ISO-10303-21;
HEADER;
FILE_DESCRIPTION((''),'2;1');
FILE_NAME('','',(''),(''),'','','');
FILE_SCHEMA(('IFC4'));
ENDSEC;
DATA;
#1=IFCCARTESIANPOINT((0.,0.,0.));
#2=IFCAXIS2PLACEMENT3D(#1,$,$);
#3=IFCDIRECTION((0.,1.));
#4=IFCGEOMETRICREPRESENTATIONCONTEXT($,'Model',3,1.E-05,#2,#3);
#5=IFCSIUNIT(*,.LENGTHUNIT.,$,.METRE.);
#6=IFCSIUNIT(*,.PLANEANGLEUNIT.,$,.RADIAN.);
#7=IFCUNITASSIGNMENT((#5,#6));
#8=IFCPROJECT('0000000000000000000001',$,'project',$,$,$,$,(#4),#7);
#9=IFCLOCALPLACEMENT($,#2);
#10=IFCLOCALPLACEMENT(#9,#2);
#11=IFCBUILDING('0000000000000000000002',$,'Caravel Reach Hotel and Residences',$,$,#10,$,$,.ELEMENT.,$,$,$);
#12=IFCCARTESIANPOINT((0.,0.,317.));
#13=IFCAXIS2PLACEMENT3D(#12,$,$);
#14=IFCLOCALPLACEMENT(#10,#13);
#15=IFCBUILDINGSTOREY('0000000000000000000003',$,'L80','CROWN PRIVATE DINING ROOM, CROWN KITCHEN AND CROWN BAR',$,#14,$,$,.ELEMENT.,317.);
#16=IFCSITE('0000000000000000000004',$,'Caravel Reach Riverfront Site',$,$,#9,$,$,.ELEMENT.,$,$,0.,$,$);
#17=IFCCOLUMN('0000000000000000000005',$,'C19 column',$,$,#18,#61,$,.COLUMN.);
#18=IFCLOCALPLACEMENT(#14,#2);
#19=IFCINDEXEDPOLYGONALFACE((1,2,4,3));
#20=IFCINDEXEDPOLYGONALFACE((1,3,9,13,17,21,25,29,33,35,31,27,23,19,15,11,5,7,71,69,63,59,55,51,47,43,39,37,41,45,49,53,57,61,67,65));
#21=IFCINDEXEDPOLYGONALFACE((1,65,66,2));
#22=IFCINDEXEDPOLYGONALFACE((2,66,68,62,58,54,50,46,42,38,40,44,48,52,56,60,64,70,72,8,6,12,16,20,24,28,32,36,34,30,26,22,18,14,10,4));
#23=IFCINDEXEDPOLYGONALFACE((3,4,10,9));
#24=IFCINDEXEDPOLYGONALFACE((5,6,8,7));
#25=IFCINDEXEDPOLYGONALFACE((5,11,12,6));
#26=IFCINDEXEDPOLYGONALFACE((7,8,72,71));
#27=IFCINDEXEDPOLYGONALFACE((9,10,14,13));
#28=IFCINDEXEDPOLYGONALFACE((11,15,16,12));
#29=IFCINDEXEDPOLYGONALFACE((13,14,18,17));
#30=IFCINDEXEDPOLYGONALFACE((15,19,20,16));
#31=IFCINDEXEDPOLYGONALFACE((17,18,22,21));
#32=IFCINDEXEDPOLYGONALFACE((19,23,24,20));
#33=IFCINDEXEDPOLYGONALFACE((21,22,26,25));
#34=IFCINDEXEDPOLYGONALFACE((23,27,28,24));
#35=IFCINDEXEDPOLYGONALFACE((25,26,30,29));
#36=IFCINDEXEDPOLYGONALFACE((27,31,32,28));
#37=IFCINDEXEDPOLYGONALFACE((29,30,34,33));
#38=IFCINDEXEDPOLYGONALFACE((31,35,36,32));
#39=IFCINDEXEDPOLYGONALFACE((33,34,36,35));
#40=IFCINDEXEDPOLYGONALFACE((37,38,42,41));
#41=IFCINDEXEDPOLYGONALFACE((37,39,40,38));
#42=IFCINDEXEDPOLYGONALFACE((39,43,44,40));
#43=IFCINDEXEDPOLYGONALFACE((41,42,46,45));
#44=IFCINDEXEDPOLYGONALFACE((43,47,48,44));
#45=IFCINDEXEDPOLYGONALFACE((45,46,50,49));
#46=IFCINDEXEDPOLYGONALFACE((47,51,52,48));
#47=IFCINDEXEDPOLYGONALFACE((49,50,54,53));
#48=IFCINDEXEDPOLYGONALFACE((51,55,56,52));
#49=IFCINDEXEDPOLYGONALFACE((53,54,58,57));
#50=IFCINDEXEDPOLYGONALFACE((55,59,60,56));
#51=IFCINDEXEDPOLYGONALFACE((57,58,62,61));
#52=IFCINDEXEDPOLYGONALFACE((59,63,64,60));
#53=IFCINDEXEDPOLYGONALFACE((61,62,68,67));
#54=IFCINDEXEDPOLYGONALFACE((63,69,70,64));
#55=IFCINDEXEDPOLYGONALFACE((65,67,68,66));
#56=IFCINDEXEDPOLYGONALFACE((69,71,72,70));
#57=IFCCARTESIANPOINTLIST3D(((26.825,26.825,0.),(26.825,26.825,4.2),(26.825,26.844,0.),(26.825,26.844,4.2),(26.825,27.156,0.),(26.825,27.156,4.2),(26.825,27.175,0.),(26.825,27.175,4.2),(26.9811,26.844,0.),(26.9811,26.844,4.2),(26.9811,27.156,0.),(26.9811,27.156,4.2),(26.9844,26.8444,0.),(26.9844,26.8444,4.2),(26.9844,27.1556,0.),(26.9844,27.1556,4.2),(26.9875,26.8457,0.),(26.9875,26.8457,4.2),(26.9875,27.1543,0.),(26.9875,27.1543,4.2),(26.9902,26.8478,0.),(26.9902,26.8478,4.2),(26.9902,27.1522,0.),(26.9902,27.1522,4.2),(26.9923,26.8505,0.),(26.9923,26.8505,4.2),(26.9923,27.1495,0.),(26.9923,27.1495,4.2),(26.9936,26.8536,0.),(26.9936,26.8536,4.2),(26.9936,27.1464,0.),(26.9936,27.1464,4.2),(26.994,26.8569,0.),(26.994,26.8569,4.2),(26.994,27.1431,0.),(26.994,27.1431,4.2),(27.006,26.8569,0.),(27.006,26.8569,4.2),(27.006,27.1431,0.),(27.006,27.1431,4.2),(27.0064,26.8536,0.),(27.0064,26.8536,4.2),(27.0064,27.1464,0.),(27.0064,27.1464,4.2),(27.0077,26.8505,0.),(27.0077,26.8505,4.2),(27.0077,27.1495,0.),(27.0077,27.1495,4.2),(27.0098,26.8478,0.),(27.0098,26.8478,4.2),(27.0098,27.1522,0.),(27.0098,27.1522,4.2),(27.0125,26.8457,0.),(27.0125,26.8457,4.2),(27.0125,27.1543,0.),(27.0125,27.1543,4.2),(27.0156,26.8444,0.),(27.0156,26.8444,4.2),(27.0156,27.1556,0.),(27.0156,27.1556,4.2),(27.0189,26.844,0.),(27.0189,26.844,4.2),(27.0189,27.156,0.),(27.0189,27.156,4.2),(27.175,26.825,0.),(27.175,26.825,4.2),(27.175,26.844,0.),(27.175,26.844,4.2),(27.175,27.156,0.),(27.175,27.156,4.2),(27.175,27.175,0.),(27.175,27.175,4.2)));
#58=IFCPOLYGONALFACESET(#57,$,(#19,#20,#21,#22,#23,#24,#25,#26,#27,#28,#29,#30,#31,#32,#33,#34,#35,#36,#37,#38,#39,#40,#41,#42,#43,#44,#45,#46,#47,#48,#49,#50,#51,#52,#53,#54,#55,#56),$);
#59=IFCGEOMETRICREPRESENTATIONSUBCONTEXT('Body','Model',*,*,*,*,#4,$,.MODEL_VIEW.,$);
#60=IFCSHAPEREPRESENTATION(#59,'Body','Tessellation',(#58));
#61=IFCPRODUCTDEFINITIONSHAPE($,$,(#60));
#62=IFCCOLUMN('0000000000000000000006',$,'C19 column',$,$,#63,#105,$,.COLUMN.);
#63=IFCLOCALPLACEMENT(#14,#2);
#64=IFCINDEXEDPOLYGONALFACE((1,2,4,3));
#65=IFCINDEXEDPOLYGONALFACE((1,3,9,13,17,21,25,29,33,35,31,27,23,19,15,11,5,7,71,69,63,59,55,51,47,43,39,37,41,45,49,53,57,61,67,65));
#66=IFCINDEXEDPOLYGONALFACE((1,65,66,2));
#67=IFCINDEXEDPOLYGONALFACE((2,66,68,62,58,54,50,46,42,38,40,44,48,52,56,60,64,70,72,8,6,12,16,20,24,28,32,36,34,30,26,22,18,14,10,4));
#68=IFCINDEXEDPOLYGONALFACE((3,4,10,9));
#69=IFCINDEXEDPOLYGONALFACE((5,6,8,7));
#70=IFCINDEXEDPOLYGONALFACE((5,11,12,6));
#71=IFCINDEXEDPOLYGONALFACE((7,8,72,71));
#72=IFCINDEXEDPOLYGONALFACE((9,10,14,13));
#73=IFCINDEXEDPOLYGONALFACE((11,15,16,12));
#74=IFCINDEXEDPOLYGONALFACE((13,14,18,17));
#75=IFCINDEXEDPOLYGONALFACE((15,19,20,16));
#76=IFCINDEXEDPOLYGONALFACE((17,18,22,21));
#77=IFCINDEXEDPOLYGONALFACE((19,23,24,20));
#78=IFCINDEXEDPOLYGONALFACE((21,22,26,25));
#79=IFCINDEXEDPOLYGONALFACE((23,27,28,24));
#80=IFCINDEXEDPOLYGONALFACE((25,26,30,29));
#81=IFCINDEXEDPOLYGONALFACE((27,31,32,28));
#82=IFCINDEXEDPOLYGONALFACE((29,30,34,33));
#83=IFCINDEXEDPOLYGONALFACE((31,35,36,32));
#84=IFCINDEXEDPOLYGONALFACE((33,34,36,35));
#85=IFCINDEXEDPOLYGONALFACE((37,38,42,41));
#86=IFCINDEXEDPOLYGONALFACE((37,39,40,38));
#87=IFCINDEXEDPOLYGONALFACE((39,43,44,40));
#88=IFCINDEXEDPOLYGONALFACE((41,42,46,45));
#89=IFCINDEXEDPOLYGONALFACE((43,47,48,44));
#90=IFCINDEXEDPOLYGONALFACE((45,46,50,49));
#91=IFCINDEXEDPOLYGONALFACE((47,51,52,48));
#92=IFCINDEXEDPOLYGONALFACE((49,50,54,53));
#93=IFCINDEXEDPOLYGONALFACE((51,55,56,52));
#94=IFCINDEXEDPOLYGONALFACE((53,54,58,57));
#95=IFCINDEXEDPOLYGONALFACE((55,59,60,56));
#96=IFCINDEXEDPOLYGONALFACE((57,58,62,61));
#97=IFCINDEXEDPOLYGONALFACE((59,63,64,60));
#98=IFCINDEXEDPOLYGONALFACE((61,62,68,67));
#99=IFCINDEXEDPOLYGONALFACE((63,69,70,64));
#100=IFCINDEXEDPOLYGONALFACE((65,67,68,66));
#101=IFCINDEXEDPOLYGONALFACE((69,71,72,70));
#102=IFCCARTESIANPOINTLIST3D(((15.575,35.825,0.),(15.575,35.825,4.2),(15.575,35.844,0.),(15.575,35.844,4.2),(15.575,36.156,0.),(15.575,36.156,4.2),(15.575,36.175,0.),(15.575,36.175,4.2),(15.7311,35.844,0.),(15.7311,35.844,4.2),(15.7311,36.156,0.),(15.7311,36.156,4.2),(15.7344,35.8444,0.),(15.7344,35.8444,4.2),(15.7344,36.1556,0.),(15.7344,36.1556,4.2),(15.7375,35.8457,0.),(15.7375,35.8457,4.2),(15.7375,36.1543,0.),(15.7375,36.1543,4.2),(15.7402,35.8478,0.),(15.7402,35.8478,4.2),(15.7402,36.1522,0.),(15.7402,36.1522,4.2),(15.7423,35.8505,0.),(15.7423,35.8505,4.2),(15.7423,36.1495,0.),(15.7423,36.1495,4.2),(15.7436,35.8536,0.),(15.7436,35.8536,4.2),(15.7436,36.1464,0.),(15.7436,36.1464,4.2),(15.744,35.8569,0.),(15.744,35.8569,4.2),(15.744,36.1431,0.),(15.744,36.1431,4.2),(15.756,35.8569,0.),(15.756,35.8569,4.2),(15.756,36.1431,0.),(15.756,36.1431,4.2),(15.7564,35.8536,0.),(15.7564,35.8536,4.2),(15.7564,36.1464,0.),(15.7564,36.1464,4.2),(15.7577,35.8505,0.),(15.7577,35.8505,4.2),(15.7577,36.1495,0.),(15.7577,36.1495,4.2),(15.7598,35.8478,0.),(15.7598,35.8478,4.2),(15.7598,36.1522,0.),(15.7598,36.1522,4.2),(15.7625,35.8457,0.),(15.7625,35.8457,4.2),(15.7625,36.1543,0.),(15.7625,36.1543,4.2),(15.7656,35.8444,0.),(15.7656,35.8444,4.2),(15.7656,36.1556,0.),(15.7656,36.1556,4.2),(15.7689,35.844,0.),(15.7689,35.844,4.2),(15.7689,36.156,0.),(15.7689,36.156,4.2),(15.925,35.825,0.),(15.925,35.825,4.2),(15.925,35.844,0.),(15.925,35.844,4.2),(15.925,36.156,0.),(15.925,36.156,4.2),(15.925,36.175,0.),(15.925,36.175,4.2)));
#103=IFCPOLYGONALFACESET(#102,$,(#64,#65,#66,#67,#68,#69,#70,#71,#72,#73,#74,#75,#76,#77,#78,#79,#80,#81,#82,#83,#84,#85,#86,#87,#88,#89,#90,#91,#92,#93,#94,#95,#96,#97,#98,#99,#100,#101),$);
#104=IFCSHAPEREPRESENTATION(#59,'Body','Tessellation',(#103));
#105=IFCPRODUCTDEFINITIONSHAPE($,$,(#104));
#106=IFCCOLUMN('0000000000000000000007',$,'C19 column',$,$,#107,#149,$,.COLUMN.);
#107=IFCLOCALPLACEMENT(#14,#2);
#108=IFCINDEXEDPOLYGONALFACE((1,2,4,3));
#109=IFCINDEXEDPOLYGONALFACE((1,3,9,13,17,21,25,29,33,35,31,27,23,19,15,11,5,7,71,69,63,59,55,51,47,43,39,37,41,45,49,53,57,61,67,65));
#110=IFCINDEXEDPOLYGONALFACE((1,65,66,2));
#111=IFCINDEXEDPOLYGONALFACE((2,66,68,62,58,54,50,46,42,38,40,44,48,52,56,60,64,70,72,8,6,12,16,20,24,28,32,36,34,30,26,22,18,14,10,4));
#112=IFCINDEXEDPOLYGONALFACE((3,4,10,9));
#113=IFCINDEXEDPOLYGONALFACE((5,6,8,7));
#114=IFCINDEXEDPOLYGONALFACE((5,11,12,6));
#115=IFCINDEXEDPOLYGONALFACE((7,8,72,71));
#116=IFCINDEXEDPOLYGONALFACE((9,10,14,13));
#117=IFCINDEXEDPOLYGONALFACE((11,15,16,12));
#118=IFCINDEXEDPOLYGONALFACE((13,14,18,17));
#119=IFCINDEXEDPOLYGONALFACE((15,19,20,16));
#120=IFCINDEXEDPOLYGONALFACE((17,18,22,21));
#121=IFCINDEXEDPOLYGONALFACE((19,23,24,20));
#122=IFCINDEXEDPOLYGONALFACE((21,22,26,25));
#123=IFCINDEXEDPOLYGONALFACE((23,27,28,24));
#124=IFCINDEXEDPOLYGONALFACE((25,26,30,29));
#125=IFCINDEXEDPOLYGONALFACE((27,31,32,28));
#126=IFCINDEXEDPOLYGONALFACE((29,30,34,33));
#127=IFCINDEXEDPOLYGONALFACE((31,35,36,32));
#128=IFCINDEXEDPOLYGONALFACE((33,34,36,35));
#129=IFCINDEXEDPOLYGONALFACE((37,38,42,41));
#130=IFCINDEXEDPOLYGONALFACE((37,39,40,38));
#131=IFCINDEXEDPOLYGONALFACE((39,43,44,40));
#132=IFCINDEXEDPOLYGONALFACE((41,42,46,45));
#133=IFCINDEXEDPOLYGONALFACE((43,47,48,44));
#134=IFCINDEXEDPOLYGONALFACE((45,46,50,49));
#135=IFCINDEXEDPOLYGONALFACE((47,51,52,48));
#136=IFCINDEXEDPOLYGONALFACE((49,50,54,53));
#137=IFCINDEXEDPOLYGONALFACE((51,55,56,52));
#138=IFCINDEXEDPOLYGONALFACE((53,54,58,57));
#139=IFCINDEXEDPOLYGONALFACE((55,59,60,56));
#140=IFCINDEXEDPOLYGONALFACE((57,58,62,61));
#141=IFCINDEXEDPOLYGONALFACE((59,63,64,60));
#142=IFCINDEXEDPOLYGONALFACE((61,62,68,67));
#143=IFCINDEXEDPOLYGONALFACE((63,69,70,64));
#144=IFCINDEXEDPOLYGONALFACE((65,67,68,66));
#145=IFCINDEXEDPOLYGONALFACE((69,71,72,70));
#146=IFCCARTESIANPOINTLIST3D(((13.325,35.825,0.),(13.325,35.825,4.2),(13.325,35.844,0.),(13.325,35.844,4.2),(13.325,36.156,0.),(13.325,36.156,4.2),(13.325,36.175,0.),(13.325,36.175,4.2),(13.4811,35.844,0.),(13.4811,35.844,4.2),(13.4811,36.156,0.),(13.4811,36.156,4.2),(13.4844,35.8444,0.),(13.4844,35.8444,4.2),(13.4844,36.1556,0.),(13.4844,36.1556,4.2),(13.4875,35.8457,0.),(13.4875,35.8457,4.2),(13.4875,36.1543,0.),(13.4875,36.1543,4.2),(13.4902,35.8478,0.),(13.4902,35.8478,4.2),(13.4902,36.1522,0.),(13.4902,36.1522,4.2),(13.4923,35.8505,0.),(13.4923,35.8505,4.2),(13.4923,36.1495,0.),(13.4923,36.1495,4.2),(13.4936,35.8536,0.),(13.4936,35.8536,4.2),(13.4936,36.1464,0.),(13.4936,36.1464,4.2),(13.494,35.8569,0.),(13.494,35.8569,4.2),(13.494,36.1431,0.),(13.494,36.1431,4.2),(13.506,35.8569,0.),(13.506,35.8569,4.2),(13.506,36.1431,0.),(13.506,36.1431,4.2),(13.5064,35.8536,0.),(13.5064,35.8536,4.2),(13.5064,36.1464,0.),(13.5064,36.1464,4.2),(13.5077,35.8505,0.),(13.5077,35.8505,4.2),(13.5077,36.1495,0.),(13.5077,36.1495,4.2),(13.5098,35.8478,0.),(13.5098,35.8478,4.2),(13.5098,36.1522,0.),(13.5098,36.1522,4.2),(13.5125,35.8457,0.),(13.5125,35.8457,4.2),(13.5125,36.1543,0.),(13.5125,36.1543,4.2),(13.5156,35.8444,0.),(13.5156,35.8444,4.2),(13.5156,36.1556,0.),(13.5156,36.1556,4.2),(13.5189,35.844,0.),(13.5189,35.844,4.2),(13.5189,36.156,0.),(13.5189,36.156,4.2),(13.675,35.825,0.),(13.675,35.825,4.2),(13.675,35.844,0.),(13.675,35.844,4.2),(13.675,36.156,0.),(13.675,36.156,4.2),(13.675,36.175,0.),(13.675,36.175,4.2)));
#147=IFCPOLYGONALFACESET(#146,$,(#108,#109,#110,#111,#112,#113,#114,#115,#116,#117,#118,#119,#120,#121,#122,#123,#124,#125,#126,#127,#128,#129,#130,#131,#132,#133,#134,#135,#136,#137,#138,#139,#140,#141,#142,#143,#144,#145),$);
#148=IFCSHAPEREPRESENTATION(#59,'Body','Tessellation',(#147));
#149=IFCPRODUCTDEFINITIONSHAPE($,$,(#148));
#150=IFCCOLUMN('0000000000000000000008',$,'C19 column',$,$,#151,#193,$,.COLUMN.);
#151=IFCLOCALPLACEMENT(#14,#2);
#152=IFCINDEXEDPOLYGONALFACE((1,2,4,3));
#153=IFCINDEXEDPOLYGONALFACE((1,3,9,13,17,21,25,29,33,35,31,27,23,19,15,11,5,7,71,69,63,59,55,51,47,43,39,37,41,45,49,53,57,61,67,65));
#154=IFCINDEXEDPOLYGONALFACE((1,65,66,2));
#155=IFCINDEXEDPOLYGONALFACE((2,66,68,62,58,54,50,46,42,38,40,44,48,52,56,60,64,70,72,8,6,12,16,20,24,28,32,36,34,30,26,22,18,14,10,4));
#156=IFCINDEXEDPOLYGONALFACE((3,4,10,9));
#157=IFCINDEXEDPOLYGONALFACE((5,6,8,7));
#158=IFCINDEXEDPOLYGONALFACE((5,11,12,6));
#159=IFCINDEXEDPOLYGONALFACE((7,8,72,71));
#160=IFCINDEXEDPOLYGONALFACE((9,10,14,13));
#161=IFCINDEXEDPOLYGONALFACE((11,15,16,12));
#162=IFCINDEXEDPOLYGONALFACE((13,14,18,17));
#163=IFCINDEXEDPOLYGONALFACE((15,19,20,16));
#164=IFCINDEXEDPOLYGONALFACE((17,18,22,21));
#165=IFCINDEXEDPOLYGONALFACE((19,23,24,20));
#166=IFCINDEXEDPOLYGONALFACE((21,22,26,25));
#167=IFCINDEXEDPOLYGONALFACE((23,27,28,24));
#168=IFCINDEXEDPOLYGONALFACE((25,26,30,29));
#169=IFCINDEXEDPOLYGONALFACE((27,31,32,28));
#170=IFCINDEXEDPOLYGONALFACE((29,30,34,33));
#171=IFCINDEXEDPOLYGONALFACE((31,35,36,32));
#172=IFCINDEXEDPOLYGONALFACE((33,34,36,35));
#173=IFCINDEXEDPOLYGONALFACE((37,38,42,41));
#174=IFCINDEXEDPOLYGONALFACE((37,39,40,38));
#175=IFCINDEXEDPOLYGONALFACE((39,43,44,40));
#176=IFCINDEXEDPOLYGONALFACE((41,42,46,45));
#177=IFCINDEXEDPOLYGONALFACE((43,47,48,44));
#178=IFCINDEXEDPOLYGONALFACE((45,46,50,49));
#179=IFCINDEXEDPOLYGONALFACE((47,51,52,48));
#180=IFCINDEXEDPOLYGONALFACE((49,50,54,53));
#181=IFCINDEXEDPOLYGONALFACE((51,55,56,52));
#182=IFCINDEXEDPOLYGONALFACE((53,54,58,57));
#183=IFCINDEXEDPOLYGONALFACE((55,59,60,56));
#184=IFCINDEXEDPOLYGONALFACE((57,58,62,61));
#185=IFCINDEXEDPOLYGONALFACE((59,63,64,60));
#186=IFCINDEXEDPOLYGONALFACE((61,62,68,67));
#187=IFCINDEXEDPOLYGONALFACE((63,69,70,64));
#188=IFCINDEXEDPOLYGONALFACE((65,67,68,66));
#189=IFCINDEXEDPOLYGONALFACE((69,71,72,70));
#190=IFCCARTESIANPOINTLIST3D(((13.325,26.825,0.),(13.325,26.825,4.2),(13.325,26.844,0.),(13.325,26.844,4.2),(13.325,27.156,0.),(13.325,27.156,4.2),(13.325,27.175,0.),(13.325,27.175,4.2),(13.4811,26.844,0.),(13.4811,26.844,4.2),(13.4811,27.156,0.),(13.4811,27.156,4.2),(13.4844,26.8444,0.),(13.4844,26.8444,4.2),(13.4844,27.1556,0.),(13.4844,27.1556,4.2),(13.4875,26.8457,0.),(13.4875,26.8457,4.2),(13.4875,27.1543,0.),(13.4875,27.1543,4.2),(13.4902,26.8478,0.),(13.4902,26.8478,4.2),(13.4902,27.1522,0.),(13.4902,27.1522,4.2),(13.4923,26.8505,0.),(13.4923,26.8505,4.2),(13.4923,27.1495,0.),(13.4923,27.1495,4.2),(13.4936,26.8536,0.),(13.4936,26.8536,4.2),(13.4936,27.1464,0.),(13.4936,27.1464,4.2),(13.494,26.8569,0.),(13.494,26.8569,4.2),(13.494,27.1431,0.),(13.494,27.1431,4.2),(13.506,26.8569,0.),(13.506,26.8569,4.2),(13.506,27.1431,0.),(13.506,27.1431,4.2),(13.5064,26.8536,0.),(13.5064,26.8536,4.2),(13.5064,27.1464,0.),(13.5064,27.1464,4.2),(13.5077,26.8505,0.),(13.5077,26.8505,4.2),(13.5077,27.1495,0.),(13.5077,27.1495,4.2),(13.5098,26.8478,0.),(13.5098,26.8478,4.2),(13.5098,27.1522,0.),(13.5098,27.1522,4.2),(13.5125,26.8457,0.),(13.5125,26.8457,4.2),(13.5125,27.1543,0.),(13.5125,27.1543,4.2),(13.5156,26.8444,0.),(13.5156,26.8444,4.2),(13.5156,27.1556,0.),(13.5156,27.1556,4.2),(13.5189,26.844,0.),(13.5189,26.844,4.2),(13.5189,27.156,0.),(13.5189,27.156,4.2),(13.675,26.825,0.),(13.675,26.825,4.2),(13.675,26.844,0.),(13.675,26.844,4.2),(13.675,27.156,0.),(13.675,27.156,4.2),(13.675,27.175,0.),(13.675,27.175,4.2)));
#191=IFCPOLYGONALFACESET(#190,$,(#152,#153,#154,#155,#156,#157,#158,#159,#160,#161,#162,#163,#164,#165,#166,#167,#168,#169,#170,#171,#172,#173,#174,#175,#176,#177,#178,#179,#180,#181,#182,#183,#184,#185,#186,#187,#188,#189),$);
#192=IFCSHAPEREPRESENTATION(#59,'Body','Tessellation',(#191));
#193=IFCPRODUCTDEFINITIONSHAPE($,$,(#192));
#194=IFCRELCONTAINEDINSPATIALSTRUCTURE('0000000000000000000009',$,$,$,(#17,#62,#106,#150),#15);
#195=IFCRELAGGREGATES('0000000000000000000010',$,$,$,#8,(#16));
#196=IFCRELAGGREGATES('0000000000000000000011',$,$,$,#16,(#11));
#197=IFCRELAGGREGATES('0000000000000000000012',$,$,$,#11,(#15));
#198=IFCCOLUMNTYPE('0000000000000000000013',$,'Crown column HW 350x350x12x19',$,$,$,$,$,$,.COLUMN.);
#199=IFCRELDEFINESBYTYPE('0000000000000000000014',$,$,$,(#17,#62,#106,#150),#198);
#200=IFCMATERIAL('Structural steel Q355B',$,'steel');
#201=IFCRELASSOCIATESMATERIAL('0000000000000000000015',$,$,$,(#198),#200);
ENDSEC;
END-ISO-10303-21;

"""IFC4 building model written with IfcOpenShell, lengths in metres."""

from ifc_helpers import new_model, si_unit, direction, frame, origin, origin_2d, place, context, subcontext, project, spatial, i_section, extrude, material, material_profile, profile_set, type_object, element, save


model = new_model("IFC4")

# Units and contexts
model_context = context("Model", 3, precision=1e-05, world=origin(), true_north=direction((0.0, 1.0)))
body_context = subcontext(model_context, "Body", "Model", "MODEL_VIEW")
ifc_project = project(units=[si_unit("LENGTHUNIT", "METRE"), si_unit("PLANEANGLEUNIT", "RADIAN")], contexts=[model_context])

# Site, building, storey
site_placement = place(None, origin())
site = spatial("IfcSite", under=ifc_project, at=site_placement, Name="Caravel Reach Riverfront Site", CompositionType="ELEMENT", RefElevation=0.0)
building_placement = place(site_placement, origin())
building = spatial("IfcBuilding", under=site, at=building_placement, Name="Caravel Reach Hotel and Residences", CompositionType="ELEMENT")
storey_placement = place(building_placement, frame((0.0, 0.0, 317.0)))
storey = spatial("IfcBuildingStorey", under=building, at=storey_placement, Name="L80", Description="CROWN PRIVATE DINING ROOM, CROWN KITCHEN AND CROWN BAR", CompositionType="ELEMENT", Elevation=317.0)

# Columns
ifc_material_1 = material(Name="Structural steel Q355B", Category="steel")
ifc_material_profile_1 = material_profile(ifc_material_1, i_section(OverallWidth=0.3501, OverallDepth=0.3501, WebThickness=0.012, FlangeThickness=0.019, FilletRadius=0.0129, at=origin_2d()), Name="HW 350x350x12x19")
ifc_profile_set_1 = profile_set([ifc_material_profile_1], Name="Structural steel Q355B")
column_type = type_object("IfcColumnType", Name="Crown column HW 350x350x12x19", PredefinedType="COLUMN", material=ifc_profile_set_1)
for number, where, z_axis, x_axis, name in (
    (1, (27.0, 27.0, 0.0), (0.0, 0.0, 1.0), (1.0, 0.0, 0.0), "C19 column"),
    (2, (15.75, 36.0, 0.0), (0.0, 0.0, 1.0), (1.0, 0.0, 0.0), "C19 column"),
    (3, (13.5, 36.0, 0.0), (0.0, 0.0, 1.0), (1.0, 0.0, 0.0), "C19 column"),
    (4, (13.5, 27.0, 0.0), (0.0, 0.0, 1.0), (1.0, 0.0, 0.0), "C19 column"),
):
    element("IfcColumn", number, at=place(storey_placement, frame(where, z_axis=z_axis, x_axis=x_axis)), inside=storey, type_object=column_type, Name=name, PredefinedType="COLUMN", context=body_context, shape_type="SweptSolid", body=[
        extrude(i_section(OverallWidth=0.3501, OverallDepth=0.3501, WebThickness=0.012, FlangeThickness=0.019, FilletRadius=0.0129, at=origin_2d()), origin(), (0.0, 0.0, 1.0), 4.2),
    ])

save(model, "model.ifc")
